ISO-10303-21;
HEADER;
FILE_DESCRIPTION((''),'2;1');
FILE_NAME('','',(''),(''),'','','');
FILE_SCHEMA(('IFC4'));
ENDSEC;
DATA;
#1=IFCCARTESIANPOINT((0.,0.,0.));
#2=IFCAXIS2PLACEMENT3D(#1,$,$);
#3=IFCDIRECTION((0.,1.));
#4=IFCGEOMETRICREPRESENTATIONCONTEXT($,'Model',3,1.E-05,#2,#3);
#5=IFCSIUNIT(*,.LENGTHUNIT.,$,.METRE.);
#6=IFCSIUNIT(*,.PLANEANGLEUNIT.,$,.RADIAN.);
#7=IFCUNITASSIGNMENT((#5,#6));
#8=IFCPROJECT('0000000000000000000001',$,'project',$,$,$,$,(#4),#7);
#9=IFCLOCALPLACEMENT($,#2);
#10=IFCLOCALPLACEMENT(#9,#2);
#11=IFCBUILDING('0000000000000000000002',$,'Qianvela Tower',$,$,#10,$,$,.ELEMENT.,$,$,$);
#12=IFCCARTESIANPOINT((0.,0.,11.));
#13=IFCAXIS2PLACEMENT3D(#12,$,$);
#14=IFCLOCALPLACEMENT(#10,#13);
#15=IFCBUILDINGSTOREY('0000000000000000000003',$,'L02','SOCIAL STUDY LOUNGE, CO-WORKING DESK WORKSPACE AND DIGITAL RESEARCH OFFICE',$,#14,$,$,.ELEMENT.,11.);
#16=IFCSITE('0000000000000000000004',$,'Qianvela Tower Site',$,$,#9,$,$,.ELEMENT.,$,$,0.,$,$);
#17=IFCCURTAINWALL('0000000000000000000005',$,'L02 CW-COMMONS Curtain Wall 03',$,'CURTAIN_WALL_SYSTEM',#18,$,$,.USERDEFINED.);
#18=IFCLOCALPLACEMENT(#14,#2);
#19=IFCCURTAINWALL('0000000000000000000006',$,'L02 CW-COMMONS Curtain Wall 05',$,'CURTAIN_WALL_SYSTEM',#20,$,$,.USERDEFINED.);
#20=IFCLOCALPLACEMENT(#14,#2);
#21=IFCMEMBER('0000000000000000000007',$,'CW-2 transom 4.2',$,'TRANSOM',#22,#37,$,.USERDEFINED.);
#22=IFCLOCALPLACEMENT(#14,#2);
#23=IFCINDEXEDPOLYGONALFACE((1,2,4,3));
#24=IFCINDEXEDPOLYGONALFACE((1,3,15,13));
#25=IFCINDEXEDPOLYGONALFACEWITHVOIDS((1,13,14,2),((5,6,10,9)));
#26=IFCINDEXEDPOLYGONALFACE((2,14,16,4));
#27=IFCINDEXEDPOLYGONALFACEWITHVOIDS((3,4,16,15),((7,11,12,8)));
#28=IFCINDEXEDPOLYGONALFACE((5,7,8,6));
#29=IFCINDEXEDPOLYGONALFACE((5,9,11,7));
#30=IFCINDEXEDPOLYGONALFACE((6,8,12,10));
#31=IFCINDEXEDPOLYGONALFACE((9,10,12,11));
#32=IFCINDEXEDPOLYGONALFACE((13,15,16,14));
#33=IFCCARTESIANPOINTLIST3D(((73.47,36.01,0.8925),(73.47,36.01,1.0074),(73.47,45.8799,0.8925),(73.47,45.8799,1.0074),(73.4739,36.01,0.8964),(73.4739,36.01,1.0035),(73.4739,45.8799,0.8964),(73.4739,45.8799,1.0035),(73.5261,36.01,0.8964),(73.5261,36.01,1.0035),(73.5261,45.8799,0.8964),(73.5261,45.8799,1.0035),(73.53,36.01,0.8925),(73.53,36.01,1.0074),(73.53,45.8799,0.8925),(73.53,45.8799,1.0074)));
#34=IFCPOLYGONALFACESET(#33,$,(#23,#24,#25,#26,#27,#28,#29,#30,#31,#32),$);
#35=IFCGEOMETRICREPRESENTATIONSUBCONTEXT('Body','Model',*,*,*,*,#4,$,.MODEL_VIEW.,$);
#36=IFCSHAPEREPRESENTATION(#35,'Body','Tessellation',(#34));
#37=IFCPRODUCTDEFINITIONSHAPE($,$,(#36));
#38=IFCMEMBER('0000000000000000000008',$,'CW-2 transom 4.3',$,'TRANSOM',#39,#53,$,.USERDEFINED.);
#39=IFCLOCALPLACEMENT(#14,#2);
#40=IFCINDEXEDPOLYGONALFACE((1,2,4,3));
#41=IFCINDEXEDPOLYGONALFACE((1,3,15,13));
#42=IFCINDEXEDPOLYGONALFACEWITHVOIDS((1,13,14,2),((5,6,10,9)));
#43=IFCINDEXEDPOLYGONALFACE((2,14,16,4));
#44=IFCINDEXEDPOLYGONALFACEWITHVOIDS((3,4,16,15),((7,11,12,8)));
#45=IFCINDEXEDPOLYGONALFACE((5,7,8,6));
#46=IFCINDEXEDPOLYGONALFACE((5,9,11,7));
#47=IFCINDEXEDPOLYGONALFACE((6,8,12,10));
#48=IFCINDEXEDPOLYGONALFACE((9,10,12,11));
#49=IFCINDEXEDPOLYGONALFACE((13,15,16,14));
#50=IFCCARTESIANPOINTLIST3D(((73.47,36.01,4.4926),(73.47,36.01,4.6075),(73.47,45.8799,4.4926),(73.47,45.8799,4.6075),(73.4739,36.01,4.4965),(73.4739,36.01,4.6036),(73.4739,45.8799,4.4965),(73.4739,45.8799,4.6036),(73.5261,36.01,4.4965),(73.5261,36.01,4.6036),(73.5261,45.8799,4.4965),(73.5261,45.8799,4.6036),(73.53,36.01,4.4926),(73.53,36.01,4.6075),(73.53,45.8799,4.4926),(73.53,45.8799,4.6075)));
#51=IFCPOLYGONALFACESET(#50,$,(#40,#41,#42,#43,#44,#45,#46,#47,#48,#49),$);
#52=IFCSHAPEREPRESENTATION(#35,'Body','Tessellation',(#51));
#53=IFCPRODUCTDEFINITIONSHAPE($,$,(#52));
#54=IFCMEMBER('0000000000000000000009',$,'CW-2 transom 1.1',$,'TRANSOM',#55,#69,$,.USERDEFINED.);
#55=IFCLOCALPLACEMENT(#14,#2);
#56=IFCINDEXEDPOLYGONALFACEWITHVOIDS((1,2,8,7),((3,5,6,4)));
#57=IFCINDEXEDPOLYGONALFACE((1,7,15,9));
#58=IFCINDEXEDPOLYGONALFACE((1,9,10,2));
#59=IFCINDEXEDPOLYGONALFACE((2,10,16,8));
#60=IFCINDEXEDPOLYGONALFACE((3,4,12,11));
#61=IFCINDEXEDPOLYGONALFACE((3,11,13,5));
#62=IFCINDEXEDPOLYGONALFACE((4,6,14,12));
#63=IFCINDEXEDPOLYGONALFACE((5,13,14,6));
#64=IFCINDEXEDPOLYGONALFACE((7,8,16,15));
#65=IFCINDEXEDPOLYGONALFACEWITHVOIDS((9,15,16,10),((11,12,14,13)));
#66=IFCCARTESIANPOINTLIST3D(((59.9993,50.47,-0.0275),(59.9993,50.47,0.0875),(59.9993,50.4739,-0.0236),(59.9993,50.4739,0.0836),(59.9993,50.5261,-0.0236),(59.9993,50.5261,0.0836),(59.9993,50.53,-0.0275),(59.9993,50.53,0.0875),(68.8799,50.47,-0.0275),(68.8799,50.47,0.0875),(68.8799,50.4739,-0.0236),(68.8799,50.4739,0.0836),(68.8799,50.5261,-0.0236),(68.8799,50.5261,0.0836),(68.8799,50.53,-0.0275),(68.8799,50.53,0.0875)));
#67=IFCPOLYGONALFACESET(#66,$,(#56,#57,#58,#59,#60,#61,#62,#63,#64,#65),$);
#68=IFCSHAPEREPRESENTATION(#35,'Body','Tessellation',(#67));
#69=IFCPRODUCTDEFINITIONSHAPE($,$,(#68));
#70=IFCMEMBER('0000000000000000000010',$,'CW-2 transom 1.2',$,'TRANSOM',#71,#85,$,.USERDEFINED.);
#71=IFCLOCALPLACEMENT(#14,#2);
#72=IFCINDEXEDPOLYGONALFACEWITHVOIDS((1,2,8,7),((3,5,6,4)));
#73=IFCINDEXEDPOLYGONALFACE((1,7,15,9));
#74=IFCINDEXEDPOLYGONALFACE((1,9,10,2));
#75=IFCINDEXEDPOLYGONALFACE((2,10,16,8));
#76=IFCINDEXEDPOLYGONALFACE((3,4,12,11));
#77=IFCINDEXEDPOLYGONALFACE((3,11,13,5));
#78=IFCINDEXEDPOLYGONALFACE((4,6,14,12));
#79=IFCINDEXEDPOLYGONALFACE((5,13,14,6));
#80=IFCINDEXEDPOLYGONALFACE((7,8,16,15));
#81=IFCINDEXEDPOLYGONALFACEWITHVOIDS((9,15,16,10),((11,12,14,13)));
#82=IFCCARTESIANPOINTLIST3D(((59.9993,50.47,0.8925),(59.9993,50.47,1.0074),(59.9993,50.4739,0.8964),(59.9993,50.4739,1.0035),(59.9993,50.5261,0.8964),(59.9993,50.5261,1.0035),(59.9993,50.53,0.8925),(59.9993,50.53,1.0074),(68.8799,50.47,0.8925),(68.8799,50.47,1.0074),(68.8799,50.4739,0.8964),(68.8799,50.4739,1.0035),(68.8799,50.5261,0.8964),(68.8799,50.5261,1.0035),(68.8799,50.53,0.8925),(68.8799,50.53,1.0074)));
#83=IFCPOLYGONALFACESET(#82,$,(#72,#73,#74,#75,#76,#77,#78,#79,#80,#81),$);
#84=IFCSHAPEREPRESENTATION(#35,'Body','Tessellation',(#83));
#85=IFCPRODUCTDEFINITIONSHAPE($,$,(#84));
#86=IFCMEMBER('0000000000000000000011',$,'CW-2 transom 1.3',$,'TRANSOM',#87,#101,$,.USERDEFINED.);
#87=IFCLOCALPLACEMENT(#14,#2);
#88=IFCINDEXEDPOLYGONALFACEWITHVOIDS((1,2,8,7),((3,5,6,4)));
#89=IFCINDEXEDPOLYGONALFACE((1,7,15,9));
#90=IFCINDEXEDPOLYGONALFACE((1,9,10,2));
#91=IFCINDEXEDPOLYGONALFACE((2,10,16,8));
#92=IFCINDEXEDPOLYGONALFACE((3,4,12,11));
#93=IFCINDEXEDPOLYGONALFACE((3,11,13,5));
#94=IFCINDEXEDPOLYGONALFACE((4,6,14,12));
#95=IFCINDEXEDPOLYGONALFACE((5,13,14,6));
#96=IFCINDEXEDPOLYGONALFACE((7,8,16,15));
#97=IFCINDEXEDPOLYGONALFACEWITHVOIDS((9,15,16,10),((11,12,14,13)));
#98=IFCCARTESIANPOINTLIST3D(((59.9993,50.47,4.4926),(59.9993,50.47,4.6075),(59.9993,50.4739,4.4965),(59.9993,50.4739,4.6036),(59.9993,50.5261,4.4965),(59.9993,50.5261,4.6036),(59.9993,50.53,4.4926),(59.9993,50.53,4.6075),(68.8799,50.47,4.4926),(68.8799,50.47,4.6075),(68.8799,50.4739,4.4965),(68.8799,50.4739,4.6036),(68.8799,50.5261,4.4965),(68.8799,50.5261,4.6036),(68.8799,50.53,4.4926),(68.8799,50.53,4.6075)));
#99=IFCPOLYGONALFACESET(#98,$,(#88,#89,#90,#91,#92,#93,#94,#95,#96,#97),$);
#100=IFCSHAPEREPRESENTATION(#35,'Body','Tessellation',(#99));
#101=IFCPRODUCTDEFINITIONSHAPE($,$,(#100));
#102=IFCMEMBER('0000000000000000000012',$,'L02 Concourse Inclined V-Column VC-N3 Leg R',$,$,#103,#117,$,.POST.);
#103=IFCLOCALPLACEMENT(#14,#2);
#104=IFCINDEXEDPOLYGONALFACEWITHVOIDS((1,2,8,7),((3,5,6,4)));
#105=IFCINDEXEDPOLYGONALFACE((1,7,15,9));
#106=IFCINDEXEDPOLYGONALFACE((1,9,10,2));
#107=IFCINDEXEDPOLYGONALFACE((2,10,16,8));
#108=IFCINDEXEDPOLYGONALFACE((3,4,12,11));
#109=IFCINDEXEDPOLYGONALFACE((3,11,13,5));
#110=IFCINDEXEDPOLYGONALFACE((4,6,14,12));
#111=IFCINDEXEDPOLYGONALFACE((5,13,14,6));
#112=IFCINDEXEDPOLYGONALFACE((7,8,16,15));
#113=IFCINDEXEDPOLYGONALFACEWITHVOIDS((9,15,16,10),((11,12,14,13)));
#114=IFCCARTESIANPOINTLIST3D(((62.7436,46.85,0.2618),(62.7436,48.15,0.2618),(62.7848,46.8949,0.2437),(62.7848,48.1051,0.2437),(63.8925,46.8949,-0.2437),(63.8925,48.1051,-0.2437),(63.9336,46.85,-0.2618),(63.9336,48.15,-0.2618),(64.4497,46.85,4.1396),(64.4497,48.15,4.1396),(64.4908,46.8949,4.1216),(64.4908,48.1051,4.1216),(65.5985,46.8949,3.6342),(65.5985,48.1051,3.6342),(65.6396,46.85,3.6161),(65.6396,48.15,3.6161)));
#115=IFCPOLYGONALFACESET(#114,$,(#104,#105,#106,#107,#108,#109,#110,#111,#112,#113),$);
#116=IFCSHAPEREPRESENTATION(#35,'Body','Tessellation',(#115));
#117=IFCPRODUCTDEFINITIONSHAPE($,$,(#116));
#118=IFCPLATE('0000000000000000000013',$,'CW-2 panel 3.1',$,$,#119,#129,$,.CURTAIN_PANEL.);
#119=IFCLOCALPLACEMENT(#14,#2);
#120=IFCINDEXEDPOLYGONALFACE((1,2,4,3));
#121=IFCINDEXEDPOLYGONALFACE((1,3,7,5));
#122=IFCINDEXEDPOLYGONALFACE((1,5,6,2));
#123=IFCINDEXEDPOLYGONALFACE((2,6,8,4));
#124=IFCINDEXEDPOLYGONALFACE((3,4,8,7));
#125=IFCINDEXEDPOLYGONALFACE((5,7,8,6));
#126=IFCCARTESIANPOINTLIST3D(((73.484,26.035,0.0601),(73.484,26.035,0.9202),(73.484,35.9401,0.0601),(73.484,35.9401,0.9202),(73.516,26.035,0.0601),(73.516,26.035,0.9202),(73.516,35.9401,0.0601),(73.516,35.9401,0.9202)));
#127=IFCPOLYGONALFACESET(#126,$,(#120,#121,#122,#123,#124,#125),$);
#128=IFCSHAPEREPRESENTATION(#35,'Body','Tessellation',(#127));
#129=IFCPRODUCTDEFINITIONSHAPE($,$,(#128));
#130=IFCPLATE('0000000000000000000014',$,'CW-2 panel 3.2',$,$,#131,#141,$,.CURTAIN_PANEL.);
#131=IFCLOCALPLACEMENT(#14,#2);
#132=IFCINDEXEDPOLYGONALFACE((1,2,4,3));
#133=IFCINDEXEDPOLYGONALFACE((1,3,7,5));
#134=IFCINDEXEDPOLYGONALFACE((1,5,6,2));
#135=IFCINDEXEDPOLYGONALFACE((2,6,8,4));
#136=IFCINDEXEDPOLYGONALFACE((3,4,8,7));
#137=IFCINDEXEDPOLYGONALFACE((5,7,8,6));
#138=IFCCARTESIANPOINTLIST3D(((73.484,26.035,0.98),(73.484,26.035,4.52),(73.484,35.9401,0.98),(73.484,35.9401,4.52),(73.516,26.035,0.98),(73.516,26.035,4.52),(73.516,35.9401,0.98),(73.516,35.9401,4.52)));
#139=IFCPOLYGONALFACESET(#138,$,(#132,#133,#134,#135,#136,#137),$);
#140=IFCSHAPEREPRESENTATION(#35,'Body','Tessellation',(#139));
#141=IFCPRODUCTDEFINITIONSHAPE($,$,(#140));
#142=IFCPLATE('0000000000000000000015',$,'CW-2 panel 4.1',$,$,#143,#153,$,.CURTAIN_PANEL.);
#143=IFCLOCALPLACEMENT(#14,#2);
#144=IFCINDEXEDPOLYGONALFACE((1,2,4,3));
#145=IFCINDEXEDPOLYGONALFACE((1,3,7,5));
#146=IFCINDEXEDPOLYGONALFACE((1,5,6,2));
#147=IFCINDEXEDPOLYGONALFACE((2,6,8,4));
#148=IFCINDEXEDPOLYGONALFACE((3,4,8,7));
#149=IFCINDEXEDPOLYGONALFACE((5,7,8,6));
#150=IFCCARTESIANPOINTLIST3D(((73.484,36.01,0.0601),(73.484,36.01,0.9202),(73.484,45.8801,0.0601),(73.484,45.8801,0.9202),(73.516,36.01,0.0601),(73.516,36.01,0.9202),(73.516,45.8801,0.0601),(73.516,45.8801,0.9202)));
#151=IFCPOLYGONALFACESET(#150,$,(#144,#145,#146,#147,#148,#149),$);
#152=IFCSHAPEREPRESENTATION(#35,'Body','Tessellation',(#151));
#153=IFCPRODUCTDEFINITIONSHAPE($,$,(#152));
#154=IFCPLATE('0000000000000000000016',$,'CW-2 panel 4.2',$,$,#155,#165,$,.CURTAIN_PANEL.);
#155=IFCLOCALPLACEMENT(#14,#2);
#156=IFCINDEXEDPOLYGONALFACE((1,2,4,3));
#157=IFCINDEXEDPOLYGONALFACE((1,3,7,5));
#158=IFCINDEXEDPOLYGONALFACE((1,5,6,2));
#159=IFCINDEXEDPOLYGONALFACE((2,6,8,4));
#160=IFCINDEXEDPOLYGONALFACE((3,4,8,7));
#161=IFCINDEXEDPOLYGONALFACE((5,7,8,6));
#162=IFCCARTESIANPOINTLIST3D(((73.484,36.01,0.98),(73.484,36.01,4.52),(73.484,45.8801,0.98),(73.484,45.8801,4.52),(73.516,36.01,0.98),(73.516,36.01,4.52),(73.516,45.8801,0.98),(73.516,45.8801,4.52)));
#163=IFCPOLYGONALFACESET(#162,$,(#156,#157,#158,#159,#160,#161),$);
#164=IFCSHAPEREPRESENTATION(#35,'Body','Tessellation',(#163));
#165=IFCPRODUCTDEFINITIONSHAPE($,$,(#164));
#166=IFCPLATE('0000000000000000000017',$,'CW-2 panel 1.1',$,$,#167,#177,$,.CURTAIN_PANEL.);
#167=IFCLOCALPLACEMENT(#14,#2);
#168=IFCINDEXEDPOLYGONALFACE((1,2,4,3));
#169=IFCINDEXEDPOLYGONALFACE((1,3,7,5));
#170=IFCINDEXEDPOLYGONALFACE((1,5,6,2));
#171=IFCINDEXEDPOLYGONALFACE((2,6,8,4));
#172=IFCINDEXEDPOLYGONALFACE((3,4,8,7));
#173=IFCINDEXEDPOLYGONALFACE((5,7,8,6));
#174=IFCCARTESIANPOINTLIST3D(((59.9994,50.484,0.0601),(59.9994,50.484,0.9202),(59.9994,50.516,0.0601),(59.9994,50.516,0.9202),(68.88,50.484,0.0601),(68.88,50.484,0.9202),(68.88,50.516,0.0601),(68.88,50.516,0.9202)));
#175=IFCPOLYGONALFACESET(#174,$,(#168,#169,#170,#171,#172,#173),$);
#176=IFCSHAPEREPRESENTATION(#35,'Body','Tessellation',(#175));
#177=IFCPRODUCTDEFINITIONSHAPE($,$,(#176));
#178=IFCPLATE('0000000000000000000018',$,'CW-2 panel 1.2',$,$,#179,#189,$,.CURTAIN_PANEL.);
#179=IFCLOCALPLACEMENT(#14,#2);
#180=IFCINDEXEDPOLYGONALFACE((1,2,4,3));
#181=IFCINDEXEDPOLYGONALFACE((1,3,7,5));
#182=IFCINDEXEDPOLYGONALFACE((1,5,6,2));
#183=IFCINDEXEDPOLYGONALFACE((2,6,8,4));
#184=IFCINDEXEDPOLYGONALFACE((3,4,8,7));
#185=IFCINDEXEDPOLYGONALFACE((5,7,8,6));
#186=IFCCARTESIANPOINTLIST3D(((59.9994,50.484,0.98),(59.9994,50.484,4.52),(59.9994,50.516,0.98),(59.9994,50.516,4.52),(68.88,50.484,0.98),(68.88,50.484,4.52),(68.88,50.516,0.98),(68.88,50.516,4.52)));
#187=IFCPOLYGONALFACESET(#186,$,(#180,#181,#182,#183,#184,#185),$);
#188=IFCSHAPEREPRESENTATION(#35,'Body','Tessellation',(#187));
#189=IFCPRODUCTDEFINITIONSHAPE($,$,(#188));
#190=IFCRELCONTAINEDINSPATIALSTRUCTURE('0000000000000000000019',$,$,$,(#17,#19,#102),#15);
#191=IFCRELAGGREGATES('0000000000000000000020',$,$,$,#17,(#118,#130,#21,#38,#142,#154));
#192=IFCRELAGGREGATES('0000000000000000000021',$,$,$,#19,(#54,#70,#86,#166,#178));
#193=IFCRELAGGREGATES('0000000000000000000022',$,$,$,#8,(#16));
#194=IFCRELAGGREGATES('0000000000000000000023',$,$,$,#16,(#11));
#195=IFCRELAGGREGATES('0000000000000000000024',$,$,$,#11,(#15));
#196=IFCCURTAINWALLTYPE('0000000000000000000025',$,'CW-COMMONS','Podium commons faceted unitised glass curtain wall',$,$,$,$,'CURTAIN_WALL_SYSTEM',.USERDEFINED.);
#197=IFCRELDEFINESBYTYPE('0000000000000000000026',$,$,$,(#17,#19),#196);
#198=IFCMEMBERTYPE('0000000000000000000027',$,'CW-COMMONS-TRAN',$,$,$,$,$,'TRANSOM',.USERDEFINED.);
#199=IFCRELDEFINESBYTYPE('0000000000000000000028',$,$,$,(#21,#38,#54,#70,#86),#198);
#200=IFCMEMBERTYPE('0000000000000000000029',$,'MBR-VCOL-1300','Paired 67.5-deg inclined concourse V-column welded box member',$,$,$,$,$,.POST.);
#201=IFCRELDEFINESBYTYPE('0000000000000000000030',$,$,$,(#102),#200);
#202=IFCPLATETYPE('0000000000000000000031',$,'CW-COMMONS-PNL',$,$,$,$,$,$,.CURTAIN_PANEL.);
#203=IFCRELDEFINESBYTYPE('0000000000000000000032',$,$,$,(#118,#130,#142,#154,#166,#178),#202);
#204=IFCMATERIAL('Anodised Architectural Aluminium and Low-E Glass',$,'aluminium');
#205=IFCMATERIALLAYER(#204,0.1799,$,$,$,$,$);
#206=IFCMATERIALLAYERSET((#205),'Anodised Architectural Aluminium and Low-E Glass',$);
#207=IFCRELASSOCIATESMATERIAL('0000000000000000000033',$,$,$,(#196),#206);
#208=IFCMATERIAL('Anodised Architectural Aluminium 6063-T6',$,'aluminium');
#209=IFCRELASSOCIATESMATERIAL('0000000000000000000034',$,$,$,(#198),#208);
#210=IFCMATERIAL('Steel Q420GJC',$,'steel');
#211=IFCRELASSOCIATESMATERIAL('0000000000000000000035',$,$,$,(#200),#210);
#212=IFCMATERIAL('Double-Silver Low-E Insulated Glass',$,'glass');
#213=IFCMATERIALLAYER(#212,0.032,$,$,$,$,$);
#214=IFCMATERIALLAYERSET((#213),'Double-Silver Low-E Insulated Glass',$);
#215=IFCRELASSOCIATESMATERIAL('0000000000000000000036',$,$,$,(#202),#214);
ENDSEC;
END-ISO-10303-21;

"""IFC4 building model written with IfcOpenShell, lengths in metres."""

from ifc_helpers import new_model, si_unit, direction, frame, origin, origin_2d, place, context, subcontext, project, spatial, rectangle, hollow_rectangle, extrude, material, layer, layer_set, material_profile, profile_set, type_object, element, aggregate, save


model = new_model("IFC4")

# Units and contexts
model_context = context("Model", 3, precision=1e-05, world=origin(), true_north=direction((0.0, 1.0)))
body_context = subcontext(model_context, "Body", "Model", "MODEL_VIEW")
ifc_project = project(units=[si_unit("LENGTHUNIT", "METRE"), si_unit("PLANEANGLEUNIT", "RADIAN")], contexts=[model_context])

# Site, building, storey
site_placement = place(None, origin())
site = spatial("IfcSite", under=ifc_project, at=site_placement, Name="Qianvela Tower Site", CompositionType="ELEMENT", RefElevation=0.0)
building_placement = place(site_placement, origin())
building = spatial("IfcBuilding", under=site, at=building_placement, Name="Qianvela Tower", CompositionType="ELEMENT")
storey_placement = place(building_placement, frame((0.0, 0.0, 11.0)))
storey = spatial("IfcBuildingStorey", under=building, at=storey_placement, Name="L02", Description="SOCIAL STUDY LOUNGE, CO-WORKING DESK WORKSPACE AND DIGITAL RESEARCH OFFICE", CompositionType="ELEMENT", Elevation=11.0)

# Curtain wall
ifc_material_1 = material(Name="Anodised Architectural Aluminium and Low-E Glass", Category="aluminium")
ifc_layer_1 = layer(ifc_material_1, 0.1799)
ifc_layer_set_1 = layer_set([ifc_layer_1], Name="Anodised Architectural Aluminium and Low-E Glass")
curtain_wall_type = type_object("IfcCurtainWallType", Name="CW-COMMONS", Description="Podium commons faceted unitised glass curtain wall", ElementType="CURTAIN_WALL_SYSTEM", PredefinedType="USERDEFINED", material=ifc_layer_set_1)
curtain_wall_1_placement = place(storey_placement, origin())
curtain_wall_1 = element("IfcCurtainWall", 1, at=curtain_wall_1_placement, inside=storey, type_object=curtain_wall_type, Name="L02 CW-COMMONS Curtain Wall 03", ObjectType="CURTAIN_WALL_SYSTEM", PredefinedType="USERDEFINED")

# Curtain wall
curtain_wall_2_placement = place(storey_placement, origin())
curtain_wall_2 = element("IfcCurtainWall", 2, at=curtain_wall_2_placement, inside=storey, type_object=curtain_wall_type, Name="L02 CW-COMMONS Curtain Wall 05", ObjectType="CURTAIN_WALL_SYSTEM", PredefinedType="USERDEFINED")

# Members
ifc_material_2 = material(Name="Anodised Architectural Aluminium 6063-T6", Category="aluminium")
ifc_material_profile_1 = material_profile(ifc_material_2, hollow_rectangle(XDim=0.0601, YDim=0.115, WallThickness=0.0039, at=origin_2d()), Name="ALU-TRAN-60x115")
ifc_profile_set_1 = profile_set([ifc_material_profile_1], Name="Anodised Architectural Aluminium 6063-T6")
member_type_1 = type_object("IfcMemberType", Name="CW-COMMONS-TRAN", ElementType="TRANSOM", PredefinedType="USERDEFINED", material=ifc_profile_set_1)
member_1_placement = place(storey_placement, frame((73.5, 36.01, 0.95), z_axis=(0.0, 1.0, 0.0), x_axis=(-1.0, 0.0, 0.0)))
member_1 = element("IfcMember", 3, at=member_1_placement, type_object=member_type_1, Name="CW-2 transom 4.2", ObjectType="TRANSOM", PredefinedType="USERDEFINED", context=body_context, shape_type="SweptSolid", body=[
    extrude(hollow_rectangle(XDim=0.0601, YDim=0.115, WallThickness=0.0039, at=origin_2d()), origin(), (0.0, 0.0, 1.0), 9.8699),
])
member_2_placement = place(storey_placement, frame((73.5, 36.01, 4.55), z_axis=(0.0, 1.0, 0.0), x_axis=(-1.0, 0.0, 0.0)))
member_2 = element("IfcMember", 4, at=member_2_placement, type_object=member_type_1, Name="CW-2 transom 4.3", ObjectType="TRANSOM", PredefinedType="USERDEFINED", context=body_context, shape_type="SweptSolid", body=[
    extrude(hollow_rectangle(XDim=0.0601, YDim=0.115, WallThickness=0.0039, at=origin_2d()), origin(), (0.0, 0.0, 1.0), 9.8699),
])
member_3_placement = place(storey_placement, frame((68.8799, 50.5, 0.03), z_axis=(-1.0, 0.0, 0.0), x_axis=(0.0, -1.0, 0.0)))
member_3 = element("IfcMember", 5, at=member_3_placement, type_object=member_type_1, Name="CW-2 transom 1.1", ObjectType="TRANSOM", PredefinedType="USERDEFINED", context=body_context, shape_type="SweptSolid", body=[
    extrude(hollow_rectangle(XDim=0.0601, YDim=0.115, WallThickness=0.0039, at=origin_2d()), origin(), (0.0, 0.0, 1.0), 8.8806),
])
member_4_placement = place(storey_placement, frame((68.8799, 50.5, 0.95), z_axis=(-1.0, 0.0, 0.0), x_axis=(0.0, -1.0, 0.0)))
member_4 = element("IfcMember", 6, at=member_4_placement, type_object=member_type_1, Name="CW-2 transom 1.2", ObjectType="TRANSOM", PredefinedType="USERDEFINED", context=body_context, shape_type="SweptSolid", body=[
    extrude(hollow_rectangle(XDim=0.0601, YDim=0.115, WallThickness=0.0039, at=origin_2d()), origin(), (0.0, 0.0, 1.0), 8.8806),
])
member_5_placement = place(storey_placement, frame((68.8799, 50.5, 4.55), z_axis=(-1.0, 0.0, 0.0), x_axis=(0.0, -1.0, 0.0)))
member_5 = element("IfcMember", 7, at=member_5_placement, type_object=member_type_1, Name="CW-2 transom 1.3", ObjectType="TRANSOM", PredefinedType="USERDEFINED", context=body_context, shape_type="SweptSolid", body=[
    extrude(hollow_rectangle(XDim=0.0601, YDim=0.115, WallThickness=0.0039, at=origin_2d()), origin(), (0.0, 0.0, 1.0), 8.8806),
])
ifc_material_3 = material(Name="Steel Q420GJC", Category="steel")
ifc_material_profile_2 = material_profile(ifc_material_3, hollow_rectangle(XDim=1.3, YDim=1.3, WallThickness=0.0449, at=origin_2d()), Name="VBOX-1300x1300x45")
ifc_profile_set_2 = profile_set([ifc_material_profile_2], Name="Steel Q420GJC")
member_type_2 = type_object("IfcMemberType", Name="MBR-VCOL-1300", Description="Paired 67.5-deg inclined concourse V-column welded box member", PredefinedType="POST", material=ifc_profile_set_2)
member_6_placement = place(storey_placement, frame((63.3386, 47.5, 0.0), z_axis=(0.402692, 0.0, 0.915335), x_axis=(0.0, 1.0, 0.0)))
element("IfcMember", 8, at=member_6_placement, inside=storey, type_object=member_type_2, Name="L02 Concourse Inclined V-Column VC-N3 Leg R", PredefinedType="POST", context=body_context, shape_type="SweptSolid", body=[
    extrude(hollow_rectangle(XDim=1.3, YDim=1.3, WallThickness=0.0449, at=origin_2d()), origin(), (0.0, 0.0, 1.0), 4.2366),
])

# Plates
ifc_material_4 = material(Name="Double-Silver Low-E Insulated Glass", Category="glass")
ifc_layer_2 = layer(ifc_material_4, 0.032)
ifc_layer_set_2 = layer_set([ifc_layer_2], Name="Double-Silver Low-E Insulated Glass")
plate_type_1 = type_object("IfcPlateType", Name="CW-COMMONS-PNL", PredefinedType="CURTAIN_PANEL", material=ifc_layer_set_2)
plate_1_placement = place(storey_placement, frame((73.5, 30.9875, 0.0601), z_axis=(0.0, 0.0, 1.0), x_axis=(0.0, 1.0, 0.0)))
plate_1 = element("IfcPlate", 9, at=plate_1_placement, type_object=plate_type_1, Name="CW-2 panel 3.1", PredefinedType="CURTAIN_PANEL", context=body_context, shape_type="SweptSolid", body=[
    extrude(rectangle(XDim=9.905, YDim=0.032, at=origin_2d()), origin(), (0.0, 0.0, 1.0), 0.8601),
])
plate_2_placement = place(storey_placement, frame((73.5, 30.9875, 0.98), z_axis=(0.0, 0.0, 1.0), x_axis=(0.0, 1.0, 0.0)))
plate_2 = element("IfcPlate", 10, at=plate_2_placement, type_object=plate_type_1, Name="CW-2 panel 3.2", PredefinedType="CURTAIN_PANEL", context=body_context, shape_type="SweptSolid", body=[
    extrude(rectangle(XDim=9.905, YDim=0.032, at=origin_2d()), origin(), (0.0, 0.0, 1.0), 3.54),
])
plate_3_placement = place(storey_placement, frame((73.5, 40.9451, 0.0601), z_axis=(0.0, 0.0, 1.0), x_axis=(0.0, 1.0, 0.0)))
plate_3 = element("IfcPlate", 11, at=plate_3_placement, type_object=plate_type_1, Name="CW-2 panel 4.1", PredefinedType="CURTAIN_PANEL", context=body_context, shape_type="SweptSolid", body=[
    extrude(rectangle(XDim=9.8701, YDim=0.032, at=origin_2d()), origin(), (0.0, 0.0, 1.0), 0.8601),
])
plate_4_placement = place(storey_placement, frame((73.5, 40.9451, 0.98), z_axis=(0.0, 0.0, 1.0), x_axis=(0.0, 1.0, 0.0)))
plate_4 = element("IfcPlate", 12, at=plate_4_placement, type_object=plate_type_1, Name="CW-2 panel 4.2", PredefinedType="CURTAIN_PANEL", context=body_context, shape_type="SweptSolid", body=[
    extrude(rectangle(XDim=9.8701, YDim=0.032, at=origin_2d()), origin(), (0.0, 0.0, 1.0), 3.54),
])
aggregate(curtain_wall_1, [plate_1, plate_2, member_1, member_2, plate_3, plate_4])
plate_5_placement = place(storey_placement, frame((64.4397, 50.5, 0.0601), z_axis=(0.0, 0.0, 1.0), x_axis=(-1.0, 0.0, 0.0)))
plate_5 = element("IfcPlate", 13, at=plate_5_placement, type_object=plate_type_1, Name="CW-2 panel 1.1", PredefinedType="CURTAIN_PANEL", context=body_context, shape_type="SweptSolid", body=[
    extrude(rectangle(XDim=8.8806, YDim=0.032, at=origin_2d()), origin(), (0.0, 0.0, 1.0), 0.8601),
])
plate_6_placement = place(storey_placement, frame((64.4397, 50.5, 0.98), z_axis=(0.0, 0.0, 1.0), x_axis=(-1.0, 0.0, 0.0)))
plate_6 = element("IfcPlate", 14, at=plate_6_placement, type_object=plate_type_1, Name="CW-2 panel 1.2", PredefinedType="CURTAIN_PANEL", context=body_context, shape_type="SweptSolid", body=[
    extrude(rectangle(XDim=8.8806, YDim=0.032, at=origin_2d()), origin(), (0.0, 0.0, 1.0), 3.54),
])
aggregate(curtain_wall_2, [member_3, member_4, member_5, plate_5, plate_6])

save(model, "model.ifc")
